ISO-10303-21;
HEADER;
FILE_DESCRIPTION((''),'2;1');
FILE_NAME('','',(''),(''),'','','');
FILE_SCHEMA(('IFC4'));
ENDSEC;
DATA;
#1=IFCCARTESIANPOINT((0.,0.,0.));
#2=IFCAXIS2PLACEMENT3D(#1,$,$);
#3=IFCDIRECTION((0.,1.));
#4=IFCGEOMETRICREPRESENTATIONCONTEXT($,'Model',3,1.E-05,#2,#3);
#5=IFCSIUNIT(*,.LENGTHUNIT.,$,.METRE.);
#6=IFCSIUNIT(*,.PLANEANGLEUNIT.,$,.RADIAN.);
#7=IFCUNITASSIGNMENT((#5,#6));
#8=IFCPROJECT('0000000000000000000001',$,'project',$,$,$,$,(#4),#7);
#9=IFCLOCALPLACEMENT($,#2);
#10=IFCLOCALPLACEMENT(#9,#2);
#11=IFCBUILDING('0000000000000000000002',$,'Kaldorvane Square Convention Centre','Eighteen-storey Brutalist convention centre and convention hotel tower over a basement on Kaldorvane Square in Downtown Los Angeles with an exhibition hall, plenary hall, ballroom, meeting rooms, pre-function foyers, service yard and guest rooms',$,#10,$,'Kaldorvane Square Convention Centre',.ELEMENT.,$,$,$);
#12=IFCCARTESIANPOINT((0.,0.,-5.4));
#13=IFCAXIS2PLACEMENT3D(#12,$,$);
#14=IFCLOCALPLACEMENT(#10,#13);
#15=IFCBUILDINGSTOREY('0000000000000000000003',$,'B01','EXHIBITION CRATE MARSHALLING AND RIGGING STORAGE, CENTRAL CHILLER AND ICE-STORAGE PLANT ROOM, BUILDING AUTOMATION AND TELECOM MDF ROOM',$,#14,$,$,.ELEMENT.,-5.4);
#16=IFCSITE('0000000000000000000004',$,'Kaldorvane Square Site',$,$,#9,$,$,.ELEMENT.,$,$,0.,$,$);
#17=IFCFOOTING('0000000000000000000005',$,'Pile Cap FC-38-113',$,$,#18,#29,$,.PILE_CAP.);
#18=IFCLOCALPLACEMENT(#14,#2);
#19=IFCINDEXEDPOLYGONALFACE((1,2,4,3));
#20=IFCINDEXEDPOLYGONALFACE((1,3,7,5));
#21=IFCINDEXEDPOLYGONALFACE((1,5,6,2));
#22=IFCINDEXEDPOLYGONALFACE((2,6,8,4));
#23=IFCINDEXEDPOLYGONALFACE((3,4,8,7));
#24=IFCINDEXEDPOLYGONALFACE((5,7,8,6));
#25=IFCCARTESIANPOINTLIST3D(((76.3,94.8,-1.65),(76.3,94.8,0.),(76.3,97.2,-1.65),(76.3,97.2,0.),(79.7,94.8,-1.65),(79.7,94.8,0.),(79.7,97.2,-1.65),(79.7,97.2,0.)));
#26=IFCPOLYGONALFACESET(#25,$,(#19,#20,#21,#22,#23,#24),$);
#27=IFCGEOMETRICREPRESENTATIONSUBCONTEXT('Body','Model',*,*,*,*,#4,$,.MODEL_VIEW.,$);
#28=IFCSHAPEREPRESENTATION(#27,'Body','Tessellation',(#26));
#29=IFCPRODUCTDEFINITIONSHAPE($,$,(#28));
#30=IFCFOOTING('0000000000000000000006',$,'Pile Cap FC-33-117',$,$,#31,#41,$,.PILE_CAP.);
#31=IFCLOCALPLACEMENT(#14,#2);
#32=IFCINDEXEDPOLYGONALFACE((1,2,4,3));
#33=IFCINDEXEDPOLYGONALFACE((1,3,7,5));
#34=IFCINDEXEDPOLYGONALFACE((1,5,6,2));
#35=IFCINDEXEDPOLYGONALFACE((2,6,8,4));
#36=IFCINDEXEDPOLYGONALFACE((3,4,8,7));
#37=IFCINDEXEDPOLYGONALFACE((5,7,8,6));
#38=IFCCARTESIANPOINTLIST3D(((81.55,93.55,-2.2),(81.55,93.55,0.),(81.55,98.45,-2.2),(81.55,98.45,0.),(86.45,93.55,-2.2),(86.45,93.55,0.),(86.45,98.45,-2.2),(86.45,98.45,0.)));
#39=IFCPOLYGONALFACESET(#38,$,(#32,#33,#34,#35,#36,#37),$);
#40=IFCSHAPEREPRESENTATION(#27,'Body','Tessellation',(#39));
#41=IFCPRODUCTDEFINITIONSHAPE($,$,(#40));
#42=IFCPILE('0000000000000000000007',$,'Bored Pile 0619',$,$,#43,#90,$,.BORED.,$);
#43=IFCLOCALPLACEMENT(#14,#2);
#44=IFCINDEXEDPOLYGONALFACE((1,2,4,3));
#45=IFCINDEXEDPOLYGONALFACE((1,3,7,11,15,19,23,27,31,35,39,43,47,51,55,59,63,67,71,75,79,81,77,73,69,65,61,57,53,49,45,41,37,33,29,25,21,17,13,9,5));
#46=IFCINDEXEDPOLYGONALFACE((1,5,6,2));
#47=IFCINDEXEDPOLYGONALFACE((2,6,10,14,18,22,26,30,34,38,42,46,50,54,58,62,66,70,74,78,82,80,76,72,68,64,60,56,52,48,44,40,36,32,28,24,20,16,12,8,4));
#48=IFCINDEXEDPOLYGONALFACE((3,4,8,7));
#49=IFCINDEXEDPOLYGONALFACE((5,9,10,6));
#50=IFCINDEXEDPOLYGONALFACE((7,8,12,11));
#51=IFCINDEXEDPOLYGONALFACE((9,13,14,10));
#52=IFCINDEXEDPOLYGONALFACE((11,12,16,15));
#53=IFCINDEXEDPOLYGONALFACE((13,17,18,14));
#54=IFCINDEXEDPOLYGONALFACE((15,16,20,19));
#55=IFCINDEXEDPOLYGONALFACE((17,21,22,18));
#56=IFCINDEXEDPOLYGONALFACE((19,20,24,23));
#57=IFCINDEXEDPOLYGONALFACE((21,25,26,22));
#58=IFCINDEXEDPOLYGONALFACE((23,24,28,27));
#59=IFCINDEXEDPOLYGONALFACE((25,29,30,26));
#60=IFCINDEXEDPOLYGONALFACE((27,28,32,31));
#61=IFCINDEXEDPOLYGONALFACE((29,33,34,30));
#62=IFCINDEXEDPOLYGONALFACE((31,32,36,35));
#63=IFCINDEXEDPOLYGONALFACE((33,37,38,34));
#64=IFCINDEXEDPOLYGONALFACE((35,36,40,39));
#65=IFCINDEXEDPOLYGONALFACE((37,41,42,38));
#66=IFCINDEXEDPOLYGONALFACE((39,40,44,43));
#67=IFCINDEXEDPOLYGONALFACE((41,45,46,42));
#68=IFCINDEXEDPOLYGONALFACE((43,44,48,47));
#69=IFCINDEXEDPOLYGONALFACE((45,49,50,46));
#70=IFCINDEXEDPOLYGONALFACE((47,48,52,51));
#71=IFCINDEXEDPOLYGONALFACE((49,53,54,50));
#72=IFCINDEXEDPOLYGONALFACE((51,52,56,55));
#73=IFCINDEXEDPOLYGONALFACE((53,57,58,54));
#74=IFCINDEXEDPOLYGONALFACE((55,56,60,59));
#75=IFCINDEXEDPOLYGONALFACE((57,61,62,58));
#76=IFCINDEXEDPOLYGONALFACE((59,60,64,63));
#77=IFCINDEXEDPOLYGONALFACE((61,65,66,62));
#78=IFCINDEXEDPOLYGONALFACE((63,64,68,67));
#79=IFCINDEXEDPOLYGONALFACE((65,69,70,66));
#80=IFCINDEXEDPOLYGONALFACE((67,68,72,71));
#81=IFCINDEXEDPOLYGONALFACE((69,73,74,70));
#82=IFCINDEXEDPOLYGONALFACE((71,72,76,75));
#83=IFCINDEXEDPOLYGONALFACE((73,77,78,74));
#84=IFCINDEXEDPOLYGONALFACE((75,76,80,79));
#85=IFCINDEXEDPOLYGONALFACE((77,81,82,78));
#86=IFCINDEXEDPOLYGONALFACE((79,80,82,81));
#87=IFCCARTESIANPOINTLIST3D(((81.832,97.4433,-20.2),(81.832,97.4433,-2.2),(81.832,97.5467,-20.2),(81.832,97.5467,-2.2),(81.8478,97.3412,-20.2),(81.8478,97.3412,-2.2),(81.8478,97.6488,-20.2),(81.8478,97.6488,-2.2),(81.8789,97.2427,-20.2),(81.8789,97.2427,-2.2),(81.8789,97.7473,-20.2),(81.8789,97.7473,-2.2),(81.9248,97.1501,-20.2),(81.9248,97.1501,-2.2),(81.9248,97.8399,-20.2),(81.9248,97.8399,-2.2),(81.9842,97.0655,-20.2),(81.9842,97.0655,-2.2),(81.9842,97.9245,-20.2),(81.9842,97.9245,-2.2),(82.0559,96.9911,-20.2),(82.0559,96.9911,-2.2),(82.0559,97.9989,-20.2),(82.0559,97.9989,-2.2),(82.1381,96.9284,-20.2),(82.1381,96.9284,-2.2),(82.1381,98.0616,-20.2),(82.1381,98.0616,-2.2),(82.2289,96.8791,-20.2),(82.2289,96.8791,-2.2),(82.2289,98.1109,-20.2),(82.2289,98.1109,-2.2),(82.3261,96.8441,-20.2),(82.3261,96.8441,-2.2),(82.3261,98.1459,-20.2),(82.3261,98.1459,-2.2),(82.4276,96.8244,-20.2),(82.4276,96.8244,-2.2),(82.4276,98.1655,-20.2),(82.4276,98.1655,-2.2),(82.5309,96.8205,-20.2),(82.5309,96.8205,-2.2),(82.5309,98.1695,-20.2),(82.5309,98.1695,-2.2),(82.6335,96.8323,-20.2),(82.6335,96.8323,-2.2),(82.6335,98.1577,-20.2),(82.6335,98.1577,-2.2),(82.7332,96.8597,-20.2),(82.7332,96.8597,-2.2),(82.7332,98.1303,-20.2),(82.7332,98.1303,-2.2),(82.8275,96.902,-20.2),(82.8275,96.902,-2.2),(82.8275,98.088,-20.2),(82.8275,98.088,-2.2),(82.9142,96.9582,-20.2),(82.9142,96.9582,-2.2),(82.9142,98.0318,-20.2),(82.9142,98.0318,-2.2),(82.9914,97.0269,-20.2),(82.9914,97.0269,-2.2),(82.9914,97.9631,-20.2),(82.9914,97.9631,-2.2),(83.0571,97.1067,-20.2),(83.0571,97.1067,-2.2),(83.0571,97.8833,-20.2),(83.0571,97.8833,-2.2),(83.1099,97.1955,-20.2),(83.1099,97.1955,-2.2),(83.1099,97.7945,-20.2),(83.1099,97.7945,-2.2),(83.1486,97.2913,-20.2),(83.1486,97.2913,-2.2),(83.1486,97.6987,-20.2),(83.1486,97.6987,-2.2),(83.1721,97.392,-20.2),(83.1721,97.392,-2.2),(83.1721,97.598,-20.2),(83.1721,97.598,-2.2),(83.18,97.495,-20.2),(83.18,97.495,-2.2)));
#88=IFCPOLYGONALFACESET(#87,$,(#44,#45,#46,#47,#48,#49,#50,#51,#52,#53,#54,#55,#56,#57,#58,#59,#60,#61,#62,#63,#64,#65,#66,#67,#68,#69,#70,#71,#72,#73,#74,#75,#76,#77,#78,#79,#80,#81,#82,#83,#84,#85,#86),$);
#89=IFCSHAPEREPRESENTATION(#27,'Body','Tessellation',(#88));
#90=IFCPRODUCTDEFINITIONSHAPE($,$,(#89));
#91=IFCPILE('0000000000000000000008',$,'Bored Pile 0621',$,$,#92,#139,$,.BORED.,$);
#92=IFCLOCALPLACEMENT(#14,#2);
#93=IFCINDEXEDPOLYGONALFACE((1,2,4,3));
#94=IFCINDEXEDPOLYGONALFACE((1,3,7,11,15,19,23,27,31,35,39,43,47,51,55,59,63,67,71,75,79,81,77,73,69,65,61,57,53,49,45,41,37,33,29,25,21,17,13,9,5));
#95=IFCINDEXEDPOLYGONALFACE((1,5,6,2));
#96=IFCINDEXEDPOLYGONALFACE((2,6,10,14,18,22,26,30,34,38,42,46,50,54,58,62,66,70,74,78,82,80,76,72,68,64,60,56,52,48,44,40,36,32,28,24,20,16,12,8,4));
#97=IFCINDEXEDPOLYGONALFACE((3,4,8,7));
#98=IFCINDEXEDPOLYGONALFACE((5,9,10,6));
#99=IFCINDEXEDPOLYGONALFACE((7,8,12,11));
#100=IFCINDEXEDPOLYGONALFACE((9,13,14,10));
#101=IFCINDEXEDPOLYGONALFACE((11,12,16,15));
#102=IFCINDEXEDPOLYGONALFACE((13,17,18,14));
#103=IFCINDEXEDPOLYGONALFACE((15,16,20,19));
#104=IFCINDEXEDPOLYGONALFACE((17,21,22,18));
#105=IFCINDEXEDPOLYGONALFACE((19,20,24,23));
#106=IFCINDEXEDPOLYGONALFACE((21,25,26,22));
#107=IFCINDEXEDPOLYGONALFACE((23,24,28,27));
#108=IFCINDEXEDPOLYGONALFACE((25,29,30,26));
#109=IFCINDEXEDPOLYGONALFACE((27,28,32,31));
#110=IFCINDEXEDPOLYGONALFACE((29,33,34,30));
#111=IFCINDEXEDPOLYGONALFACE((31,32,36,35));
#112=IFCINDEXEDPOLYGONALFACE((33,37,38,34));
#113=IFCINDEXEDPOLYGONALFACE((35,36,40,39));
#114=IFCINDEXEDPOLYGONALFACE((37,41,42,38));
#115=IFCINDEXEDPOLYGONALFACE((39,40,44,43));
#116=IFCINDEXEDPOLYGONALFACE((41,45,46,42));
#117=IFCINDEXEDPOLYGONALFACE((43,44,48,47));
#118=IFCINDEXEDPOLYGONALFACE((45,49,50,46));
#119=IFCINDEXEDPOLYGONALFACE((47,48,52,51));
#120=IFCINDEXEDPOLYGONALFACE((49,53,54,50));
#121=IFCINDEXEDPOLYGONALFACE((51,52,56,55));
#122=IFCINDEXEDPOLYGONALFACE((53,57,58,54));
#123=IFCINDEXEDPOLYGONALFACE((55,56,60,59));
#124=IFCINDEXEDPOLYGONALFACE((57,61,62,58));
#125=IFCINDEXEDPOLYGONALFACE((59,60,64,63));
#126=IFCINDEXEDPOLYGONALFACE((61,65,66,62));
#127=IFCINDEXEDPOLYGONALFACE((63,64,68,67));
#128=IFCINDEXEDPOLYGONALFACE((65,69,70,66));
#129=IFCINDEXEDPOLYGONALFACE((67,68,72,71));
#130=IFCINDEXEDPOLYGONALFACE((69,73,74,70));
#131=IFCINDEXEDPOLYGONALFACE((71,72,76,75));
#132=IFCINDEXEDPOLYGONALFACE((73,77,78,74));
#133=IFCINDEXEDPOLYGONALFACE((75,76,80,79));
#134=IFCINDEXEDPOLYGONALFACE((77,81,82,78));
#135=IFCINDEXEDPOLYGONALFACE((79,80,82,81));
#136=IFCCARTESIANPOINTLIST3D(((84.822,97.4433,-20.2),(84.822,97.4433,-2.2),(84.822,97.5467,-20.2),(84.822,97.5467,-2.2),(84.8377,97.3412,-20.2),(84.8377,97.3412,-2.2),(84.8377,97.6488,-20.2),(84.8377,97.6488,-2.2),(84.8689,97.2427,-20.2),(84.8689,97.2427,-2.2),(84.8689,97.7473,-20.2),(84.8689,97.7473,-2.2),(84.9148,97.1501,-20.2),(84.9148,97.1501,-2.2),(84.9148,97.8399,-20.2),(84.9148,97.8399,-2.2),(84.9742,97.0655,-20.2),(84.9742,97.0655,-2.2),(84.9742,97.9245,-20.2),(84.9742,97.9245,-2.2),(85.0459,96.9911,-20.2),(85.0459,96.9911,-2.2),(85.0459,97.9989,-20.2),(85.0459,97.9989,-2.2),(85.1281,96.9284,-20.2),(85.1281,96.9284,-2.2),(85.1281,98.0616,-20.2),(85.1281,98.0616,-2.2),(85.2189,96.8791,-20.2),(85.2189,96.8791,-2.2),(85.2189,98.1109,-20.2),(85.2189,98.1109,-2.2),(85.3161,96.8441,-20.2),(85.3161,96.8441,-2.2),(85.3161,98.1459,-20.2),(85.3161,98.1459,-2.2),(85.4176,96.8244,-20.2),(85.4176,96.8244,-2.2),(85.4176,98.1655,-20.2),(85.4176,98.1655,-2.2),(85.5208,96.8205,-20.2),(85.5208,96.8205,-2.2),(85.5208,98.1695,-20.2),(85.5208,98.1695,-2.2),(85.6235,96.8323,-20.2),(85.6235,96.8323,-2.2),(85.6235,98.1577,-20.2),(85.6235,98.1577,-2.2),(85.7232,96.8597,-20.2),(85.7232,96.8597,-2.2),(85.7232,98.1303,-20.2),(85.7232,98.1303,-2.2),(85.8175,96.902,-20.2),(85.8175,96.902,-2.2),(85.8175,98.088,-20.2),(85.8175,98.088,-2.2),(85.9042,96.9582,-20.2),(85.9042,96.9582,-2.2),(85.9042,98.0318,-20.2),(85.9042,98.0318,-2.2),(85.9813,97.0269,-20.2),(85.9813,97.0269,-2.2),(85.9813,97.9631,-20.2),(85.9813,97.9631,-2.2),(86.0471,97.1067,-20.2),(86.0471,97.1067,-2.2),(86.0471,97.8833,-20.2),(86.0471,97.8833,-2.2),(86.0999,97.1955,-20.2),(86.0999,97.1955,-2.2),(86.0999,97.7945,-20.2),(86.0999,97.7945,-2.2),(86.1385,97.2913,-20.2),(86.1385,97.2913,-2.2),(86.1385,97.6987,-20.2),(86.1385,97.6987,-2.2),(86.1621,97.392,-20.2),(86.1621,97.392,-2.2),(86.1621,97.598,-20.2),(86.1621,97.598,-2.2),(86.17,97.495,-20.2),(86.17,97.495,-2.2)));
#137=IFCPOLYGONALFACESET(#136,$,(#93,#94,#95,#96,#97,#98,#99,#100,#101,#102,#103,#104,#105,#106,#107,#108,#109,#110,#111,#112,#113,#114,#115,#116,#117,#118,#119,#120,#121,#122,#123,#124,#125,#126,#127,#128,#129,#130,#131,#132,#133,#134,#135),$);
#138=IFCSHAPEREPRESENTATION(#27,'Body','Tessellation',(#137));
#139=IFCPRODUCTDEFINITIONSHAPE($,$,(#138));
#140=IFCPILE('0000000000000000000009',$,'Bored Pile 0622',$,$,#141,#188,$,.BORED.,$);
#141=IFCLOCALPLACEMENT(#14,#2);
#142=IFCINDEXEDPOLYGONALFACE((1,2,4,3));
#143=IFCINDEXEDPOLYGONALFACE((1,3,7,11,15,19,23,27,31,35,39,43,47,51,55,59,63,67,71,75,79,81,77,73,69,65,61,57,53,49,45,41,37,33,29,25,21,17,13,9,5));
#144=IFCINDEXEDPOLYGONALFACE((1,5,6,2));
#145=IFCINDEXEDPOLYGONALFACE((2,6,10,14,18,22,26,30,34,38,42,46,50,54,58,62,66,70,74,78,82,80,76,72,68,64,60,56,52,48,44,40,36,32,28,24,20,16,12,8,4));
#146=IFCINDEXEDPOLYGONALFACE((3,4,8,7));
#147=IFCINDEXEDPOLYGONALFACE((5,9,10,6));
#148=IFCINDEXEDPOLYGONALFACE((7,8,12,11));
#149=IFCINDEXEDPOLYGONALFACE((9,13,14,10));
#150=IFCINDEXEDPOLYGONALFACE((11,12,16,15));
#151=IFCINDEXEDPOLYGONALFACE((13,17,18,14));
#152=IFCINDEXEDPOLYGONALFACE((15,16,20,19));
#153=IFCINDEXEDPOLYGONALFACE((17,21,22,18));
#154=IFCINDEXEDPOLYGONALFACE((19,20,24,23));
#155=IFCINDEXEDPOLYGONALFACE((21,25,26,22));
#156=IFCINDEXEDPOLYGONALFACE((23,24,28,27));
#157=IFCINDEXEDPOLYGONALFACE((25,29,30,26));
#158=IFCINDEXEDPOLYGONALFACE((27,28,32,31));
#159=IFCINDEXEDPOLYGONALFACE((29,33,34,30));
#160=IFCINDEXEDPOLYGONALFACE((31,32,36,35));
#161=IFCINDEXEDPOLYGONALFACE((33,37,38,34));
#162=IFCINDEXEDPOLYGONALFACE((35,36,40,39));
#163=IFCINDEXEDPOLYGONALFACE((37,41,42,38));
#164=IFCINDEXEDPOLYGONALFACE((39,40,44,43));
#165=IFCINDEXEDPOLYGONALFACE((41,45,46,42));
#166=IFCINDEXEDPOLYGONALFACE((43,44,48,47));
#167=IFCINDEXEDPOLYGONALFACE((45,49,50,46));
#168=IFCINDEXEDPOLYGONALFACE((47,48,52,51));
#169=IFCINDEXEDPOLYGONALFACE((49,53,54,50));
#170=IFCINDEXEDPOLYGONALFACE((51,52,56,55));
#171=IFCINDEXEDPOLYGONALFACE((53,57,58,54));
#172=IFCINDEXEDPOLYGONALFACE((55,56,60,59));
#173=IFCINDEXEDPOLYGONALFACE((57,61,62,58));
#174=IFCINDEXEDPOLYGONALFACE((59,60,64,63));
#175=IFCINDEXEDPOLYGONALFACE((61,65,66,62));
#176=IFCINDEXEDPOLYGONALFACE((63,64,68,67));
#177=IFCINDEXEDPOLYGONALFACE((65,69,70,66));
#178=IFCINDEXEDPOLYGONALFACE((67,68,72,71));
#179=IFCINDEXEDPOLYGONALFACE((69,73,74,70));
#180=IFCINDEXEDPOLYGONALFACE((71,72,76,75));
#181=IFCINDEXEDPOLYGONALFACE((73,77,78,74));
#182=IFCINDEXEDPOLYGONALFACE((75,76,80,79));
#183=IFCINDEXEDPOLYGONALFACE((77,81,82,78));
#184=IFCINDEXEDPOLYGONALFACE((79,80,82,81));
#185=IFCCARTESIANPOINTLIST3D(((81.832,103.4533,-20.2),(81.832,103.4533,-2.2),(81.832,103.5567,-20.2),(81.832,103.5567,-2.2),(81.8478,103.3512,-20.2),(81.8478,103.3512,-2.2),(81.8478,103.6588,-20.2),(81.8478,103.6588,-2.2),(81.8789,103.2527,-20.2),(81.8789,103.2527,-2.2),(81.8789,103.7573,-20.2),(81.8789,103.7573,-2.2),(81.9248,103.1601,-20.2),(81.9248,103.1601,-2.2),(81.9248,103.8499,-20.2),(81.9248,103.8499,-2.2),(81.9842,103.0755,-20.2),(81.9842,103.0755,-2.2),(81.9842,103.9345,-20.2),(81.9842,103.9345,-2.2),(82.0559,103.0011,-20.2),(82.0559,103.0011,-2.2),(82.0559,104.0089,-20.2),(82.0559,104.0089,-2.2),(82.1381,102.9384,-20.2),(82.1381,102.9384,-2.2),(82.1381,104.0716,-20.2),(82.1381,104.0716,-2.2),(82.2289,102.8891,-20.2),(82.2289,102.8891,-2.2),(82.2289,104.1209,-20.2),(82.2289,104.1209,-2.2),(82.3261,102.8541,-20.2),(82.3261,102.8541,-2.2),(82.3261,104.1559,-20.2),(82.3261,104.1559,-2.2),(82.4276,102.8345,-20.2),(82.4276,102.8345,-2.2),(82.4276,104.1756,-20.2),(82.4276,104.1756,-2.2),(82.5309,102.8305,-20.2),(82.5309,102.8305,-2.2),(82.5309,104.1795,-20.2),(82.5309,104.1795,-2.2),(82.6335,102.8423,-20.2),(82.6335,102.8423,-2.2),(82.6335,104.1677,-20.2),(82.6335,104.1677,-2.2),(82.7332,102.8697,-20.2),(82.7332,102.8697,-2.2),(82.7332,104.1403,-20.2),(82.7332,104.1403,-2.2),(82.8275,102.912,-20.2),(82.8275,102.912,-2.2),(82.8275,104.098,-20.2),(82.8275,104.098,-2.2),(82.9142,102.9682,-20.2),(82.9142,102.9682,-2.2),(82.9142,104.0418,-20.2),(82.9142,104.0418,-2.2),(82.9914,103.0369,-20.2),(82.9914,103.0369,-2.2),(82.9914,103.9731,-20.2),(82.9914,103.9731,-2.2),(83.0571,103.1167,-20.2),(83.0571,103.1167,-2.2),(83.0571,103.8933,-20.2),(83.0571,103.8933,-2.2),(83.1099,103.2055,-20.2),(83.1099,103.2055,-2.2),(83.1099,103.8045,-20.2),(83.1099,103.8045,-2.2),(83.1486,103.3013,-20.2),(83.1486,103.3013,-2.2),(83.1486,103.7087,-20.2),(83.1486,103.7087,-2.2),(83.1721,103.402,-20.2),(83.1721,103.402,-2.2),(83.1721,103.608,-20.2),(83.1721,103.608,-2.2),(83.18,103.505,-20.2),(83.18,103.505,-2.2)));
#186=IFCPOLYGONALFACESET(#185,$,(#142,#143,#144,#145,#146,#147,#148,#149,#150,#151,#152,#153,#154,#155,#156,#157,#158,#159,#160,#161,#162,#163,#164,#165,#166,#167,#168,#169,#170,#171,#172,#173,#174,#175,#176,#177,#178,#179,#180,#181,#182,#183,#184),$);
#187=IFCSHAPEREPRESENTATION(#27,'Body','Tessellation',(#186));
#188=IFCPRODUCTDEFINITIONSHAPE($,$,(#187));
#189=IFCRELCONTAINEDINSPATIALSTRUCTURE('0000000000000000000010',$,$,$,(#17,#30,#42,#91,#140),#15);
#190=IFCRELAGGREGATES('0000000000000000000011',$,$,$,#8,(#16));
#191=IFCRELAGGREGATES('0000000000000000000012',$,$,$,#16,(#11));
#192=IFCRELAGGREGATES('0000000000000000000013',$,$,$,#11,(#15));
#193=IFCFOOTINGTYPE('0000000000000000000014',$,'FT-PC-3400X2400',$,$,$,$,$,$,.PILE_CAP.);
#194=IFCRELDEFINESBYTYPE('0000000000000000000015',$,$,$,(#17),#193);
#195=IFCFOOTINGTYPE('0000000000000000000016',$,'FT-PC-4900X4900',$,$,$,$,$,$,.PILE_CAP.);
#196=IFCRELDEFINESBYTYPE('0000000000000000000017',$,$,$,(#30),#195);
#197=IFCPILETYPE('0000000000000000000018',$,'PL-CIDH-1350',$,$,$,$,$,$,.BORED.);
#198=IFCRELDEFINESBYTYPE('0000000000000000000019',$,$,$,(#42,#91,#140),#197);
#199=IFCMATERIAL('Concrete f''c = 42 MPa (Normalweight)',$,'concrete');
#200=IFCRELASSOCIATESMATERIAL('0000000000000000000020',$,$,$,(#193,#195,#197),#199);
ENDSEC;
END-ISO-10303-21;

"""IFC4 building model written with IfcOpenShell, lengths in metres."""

from ifc_helpers import new_model, si_unit, direction, frame, origin, origin_2d, place, context, subcontext, project, spatial, rectangle, circle, extrude, material, material_profile, profile_set, type_object, element, save


model = new_model("IFC4")

# Units and contexts
model_context = context("Model", 3, precision=1e-05, world=origin(), true_north=direction((0.0, 1.0)))
body_context = subcontext(model_context, "Body", "Model", "MODEL_VIEW")
ifc_project = project(units=[si_unit("LENGTHUNIT", "METRE"), si_unit("PLANEANGLEUNIT", "RADIAN")], contexts=[model_context])

# Site, building, storey
site_placement = place(None, origin())
site = spatial("IfcSite", under=ifc_project, at=site_placement, Name="Kaldorvane Square Site", CompositionType="ELEMENT", RefElevation=0.0)
building_placement = place(site_placement, origin())
building = spatial("IfcBuilding", under=site, at=building_placement, Name="Kaldorvane Square Convention Centre", Description="Eighteen-storey Brutalist convention centre and convention hotel tower over a basement on Kaldorvane Square in Downtown Los Angeles with an exhibition hall, plenary hall, ballroom, meeting rooms, pre-function foyers, service yard and guest rooms", LongName="Kaldorvane Square Convention Centre", CompositionType="ELEMENT")
storey_placement = place(building_placement, frame((0.0, 0.0, -5.4)))
storey = spatial("IfcBuildingStorey", under=building, at=storey_placement, Name="B01", Description="EXHIBITION CRATE MARSHALLING AND RIGGING STORAGE, CENTRAL CHILLER AND ICE-STORAGE PLANT ROOM, BUILDING AUTOMATION AND TELECOM MDF ROOM", CompositionType="ELEMENT", Elevation=-5.4)

# Footings
ifc_material_1 = material(Name="Concrete f'c = 42 MPa (Normalweight)", Category="concrete")
footing_type_1 = type_object("IfcFootingType", Name="FT-PC-3400X2400", PredefinedType="PILE_CAP", material=ifc_material_1)
footing_1_placement = place(storey_placement, frame((78.0, 96.0, -1.65), z_axis=(0.0, 0.0, 1.0), x_axis=(1.0, 0.0, 0.0)))
element("IfcFooting", 1, at=footing_1_placement, inside=storey, type_object=footing_type_1, Name="Pile Cap FC-38-113", PredefinedType="PILE_CAP", context=body_context, shape_type="SweptSolid", body=[
    extrude(rectangle(XDim=3.4, YDim=2.4, at=origin_2d()), origin(), (0.0, 0.0, 1.0), 1.65),
])
footing_type_2 = type_object("IfcFootingType", Name="FT-PC-4900X4900", PredefinedType="PILE_CAP", material=ifc_material_1)
footing_2_placement = place(storey_placement, frame((84.0, 96.0, -2.2), z_axis=(0.0, 0.0, 1.0), x_axis=(1.0, 0.0, 0.0)))
element("IfcFooting", 2, at=footing_2_placement, inside=storey, type_object=footing_type_2, Name="Pile Cap FC-33-117", PredefinedType="PILE_CAP", context=body_context, shape_type="SweptSolid", body=[
    extrude(rectangle(XDim=4.9, YDim=4.9, at=origin_2d()), origin(), (0.0, 0.0, 1.0), 2.2),
])

# Piles
ifc_material_profile_1 = material_profile(ifc_material_1, circle(Radius=0.675, at=origin_2d()), Name="PILE-D1350")
ifc_profile_set_1 = profile_set([ifc_material_profile_1], Name="Concrete f'c = 42 MPa (Normalweight)")
pile_type_1 = type_object("IfcPileType", Name="PL-CIDH-1350", PredefinedType="BORED", material=ifc_profile_set_1)
for number, where, z_axis, x_axis, name in (
    (3, (82.505, 97.495, -2.2), (0.0, 0.0, -1.0), (1.0, 0.0, 0.0), "Bored Pile 0619"),
    (4, (85.495, 97.495, -2.2), (0.0, 0.0, -1.0), (1.0, 0.0, 0.0), "Bored Pile 0621"),
    (5, (82.505, 103.505, -2.2), (0.0, 0.0, -1.0), (1.0, 0.0, 0.0), "Bored Pile 0622"),
):
    element("IfcPile", number, at=place(storey_placement, frame(where, z_axis=z_axis, x_axis=x_axis)), inside=storey, type_object=pile_type_1, Name=name, PredefinedType="BORED", context=body_context, shape_type="SweptSolid", body=[
        extrude(circle(Radius=0.675, at=origin_2d()), origin(), (0.0, 0.0, 1.0), 18.0),
    ])

save(model, "model.ifc")
